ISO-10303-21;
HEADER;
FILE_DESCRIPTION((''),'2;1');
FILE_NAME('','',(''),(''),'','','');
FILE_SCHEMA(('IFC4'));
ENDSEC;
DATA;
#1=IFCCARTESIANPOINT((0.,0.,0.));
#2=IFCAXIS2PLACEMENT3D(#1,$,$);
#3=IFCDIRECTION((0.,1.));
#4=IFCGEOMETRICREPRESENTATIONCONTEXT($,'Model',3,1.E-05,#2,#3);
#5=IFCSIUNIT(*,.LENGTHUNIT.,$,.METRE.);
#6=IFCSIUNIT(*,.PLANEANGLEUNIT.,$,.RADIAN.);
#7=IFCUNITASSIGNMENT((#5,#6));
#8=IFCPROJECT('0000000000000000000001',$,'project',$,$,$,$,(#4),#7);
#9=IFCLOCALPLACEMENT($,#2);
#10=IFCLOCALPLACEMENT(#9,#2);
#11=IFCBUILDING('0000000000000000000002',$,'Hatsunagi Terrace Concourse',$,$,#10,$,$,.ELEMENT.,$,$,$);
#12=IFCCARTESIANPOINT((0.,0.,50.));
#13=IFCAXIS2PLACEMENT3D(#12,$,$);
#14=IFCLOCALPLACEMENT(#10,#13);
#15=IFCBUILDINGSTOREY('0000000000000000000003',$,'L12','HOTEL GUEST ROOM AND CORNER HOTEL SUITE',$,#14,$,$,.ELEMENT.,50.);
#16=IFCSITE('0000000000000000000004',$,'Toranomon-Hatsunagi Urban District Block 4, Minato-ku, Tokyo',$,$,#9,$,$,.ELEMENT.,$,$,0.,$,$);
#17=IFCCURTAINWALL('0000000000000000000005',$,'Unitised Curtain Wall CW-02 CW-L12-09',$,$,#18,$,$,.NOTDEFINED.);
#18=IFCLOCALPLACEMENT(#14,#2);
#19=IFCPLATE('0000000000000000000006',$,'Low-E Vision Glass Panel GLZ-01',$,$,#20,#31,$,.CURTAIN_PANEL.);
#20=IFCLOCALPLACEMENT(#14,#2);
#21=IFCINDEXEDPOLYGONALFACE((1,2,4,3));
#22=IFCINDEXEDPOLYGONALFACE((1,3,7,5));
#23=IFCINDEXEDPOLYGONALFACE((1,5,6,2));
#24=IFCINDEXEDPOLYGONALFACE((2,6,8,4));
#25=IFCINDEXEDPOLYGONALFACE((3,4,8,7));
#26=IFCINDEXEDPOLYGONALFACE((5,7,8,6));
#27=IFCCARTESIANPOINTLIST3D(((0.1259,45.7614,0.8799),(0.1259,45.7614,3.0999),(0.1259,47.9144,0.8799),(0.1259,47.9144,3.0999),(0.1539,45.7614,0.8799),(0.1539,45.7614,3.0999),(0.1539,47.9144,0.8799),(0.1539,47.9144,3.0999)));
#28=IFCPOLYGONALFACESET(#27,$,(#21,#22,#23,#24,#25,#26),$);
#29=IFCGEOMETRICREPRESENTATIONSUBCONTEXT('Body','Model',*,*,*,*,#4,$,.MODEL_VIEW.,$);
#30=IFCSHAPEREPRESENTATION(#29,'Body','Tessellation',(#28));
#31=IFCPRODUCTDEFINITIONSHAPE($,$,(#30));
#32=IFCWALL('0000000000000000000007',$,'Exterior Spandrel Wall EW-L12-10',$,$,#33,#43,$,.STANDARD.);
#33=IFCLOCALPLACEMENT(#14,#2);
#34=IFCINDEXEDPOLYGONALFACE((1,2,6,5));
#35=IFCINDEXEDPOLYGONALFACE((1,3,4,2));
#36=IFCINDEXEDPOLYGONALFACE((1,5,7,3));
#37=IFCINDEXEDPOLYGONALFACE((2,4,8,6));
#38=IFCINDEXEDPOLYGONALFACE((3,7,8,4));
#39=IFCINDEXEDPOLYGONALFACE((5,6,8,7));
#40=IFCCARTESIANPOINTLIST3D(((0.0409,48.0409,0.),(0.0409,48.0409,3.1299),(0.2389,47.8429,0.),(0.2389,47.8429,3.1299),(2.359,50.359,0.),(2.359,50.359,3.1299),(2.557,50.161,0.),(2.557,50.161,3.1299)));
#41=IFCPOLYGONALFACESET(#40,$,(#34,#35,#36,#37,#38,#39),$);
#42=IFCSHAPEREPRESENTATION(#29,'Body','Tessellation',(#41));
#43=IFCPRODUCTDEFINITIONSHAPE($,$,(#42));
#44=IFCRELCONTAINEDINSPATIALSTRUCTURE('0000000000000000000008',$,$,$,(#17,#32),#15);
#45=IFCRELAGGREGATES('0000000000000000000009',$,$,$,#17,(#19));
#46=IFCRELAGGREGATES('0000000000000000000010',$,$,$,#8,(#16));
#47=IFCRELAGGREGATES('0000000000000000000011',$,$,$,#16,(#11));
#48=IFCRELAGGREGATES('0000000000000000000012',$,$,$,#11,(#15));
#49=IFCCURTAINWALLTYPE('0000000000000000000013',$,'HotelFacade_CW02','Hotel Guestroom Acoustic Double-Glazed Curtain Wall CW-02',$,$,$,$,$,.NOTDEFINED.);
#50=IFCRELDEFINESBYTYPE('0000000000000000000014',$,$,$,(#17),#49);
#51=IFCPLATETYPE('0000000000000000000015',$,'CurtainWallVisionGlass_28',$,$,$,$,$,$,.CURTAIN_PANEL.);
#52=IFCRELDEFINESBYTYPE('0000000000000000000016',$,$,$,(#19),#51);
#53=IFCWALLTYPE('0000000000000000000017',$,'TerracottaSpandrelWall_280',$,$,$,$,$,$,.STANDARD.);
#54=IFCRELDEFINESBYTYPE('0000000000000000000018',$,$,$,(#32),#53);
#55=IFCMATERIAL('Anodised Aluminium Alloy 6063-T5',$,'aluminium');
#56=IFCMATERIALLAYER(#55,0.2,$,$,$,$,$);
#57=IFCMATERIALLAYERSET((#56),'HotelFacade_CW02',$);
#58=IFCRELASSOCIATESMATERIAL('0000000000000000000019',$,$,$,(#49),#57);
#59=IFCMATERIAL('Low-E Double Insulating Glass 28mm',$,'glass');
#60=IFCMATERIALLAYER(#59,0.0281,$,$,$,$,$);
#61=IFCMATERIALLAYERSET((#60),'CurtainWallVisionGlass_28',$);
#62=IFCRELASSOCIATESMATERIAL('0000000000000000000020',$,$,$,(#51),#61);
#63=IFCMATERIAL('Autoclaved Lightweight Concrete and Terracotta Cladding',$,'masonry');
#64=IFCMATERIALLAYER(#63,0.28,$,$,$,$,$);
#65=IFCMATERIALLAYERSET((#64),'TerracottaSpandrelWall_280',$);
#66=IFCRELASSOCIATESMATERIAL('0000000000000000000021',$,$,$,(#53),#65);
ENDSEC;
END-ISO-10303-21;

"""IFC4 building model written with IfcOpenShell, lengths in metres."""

from ifc_helpers import new_model, si_unit, direction, frame, frame_2d, origin, origin_2d, place, context, subcontext, project, spatial, rectangle, extrude, material, layer, layer_set, type_object, element, aggregate, save


model = new_model("IFC4")

# Units and contexts
model_context = context("Model", 3, precision=1e-05, world=origin(), true_north=direction((0.0, 1.0)))
body_context = subcontext(model_context, "Body", "Model", "MODEL_VIEW")
ifc_project = project(units=[si_unit("LENGTHUNIT", "METRE"), si_unit("PLANEANGLEUNIT", "RADIAN")], contexts=[model_context])

# Site, building, storey
site_placement = place(None, origin())
site = spatial("IfcSite", under=ifc_project, at=site_placement, Name="Toranomon-Hatsunagi Urban District Block 4, Minato-ku, Tokyo", CompositionType="ELEMENT", RefElevation=0.0)
building_placement = place(site_placement, origin())
building = spatial("IfcBuilding", under=site, at=building_placement, Name="Hatsunagi Terrace Concourse", CompositionType="ELEMENT")
storey_placement = place(building_placement, frame((0.0, 0.0, 50.0)))
storey = spatial("IfcBuildingStorey", under=building, at=storey_placement, Name="L12", Description="HOTEL GUEST ROOM AND CORNER HOTEL SUITE", CompositionType="ELEMENT", Elevation=50.0)

# Curtain wall
ifc_material_1 = material(Name="Anodised Aluminium Alloy 6063-T5", Category="aluminium")
ifc_layer_1 = layer(ifc_material_1, 0.2)
ifc_layer_set_1 = layer_set([ifc_layer_1], Name="HotelFacade_CW02")
curtain_wall_type = type_object("IfcCurtainWallType", Name="HotelFacade_CW02", Description="Hotel Guestroom Acoustic Double-Glazed Curtain Wall CW-02", PredefinedType="NOTDEFINED", material=ifc_layer_set_1)
curtain_wall_placement = place(storey_placement, origin())
curtain_wall = element("IfcCurtainWall", 1, at=curtain_wall_placement, inside=storey, type_object=curtain_wall_type, Name="Unitised Curtain Wall CW-02 CW-L12-09", PredefinedType="NOTDEFINED")

# Plate
ifc_material_2 = material(Name="Low-E Double Insulating Glass 28mm", Category="glass")
ifc_layer_2 = layer(ifc_material_2, 0.0281)
ifc_layer_set_2 = layer_set([ifc_layer_2], Name="CurtainWallVisionGlass_28")
plate_type_1 = type_object("IfcPlateType", Name="CurtainWallVisionGlass_28", PredefinedType="CURTAIN_PANEL", material=ifc_layer_set_2)
plate_1_placement = place(storey_placement, frame((0.1399, 46.8379, 0.8799), z_axis=(0.0, 0.0, 1.0), x_axis=(0.0, 1.0, 0.0)))
plate_1 = element("IfcPlate", 2, at=plate_1_placement, type_object=plate_type_1, Name="Low-E Vision Glass Panel GLZ-01", PredefinedType="CURTAIN_PANEL", context=body_context, shape_type="SweptSolid", body=[
    extrude(rectangle(XDim=2.1531, YDim=0.0281, at=origin_2d()), origin(), (0.0, 0.0, 1.0), 2.22),
])
aggregate(curtain_wall, [plate_1])

# Wall
ifc_material_3 = material(Name="Autoclaved Lightweight Concrete and Terracotta Cladding", Category="masonry")
ifc_layer_3 = layer(ifc_material_3, 0.28)
ifc_layer_set_3 = layer_set([ifc_layer_3], Name="TerracottaSpandrelWall_280")
wall_type = type_object("IfcWallType", Name="TerracottaSpandrelWall_280", PredefinedType="STANDARD", material=ifc_layer_set_3)
wall_1_placement = place(storey_placement, frame((0.1399, 47.9419, 0.0), z_axis=(0.0, 0.0, 1.0), x_axis=(0.707107, 0.707107, 0.0)))
element("IfcWall", 3, at=wall_1_placement, inside=storey, type_object=wall_type, Name="Exterior Spandrel Wall EW-L12-10", PredefinedType="STANDARD", context=body_context, shape_type="SweptSolid", body=[
    extrude(rectangle(XDim=3.2783, YDim=0.28, at=frame_2d((1.6392, 0.0))), origin(), (0.0, 0.0, 1.0), 3.1299),
])

save(model, "model.ifc")
